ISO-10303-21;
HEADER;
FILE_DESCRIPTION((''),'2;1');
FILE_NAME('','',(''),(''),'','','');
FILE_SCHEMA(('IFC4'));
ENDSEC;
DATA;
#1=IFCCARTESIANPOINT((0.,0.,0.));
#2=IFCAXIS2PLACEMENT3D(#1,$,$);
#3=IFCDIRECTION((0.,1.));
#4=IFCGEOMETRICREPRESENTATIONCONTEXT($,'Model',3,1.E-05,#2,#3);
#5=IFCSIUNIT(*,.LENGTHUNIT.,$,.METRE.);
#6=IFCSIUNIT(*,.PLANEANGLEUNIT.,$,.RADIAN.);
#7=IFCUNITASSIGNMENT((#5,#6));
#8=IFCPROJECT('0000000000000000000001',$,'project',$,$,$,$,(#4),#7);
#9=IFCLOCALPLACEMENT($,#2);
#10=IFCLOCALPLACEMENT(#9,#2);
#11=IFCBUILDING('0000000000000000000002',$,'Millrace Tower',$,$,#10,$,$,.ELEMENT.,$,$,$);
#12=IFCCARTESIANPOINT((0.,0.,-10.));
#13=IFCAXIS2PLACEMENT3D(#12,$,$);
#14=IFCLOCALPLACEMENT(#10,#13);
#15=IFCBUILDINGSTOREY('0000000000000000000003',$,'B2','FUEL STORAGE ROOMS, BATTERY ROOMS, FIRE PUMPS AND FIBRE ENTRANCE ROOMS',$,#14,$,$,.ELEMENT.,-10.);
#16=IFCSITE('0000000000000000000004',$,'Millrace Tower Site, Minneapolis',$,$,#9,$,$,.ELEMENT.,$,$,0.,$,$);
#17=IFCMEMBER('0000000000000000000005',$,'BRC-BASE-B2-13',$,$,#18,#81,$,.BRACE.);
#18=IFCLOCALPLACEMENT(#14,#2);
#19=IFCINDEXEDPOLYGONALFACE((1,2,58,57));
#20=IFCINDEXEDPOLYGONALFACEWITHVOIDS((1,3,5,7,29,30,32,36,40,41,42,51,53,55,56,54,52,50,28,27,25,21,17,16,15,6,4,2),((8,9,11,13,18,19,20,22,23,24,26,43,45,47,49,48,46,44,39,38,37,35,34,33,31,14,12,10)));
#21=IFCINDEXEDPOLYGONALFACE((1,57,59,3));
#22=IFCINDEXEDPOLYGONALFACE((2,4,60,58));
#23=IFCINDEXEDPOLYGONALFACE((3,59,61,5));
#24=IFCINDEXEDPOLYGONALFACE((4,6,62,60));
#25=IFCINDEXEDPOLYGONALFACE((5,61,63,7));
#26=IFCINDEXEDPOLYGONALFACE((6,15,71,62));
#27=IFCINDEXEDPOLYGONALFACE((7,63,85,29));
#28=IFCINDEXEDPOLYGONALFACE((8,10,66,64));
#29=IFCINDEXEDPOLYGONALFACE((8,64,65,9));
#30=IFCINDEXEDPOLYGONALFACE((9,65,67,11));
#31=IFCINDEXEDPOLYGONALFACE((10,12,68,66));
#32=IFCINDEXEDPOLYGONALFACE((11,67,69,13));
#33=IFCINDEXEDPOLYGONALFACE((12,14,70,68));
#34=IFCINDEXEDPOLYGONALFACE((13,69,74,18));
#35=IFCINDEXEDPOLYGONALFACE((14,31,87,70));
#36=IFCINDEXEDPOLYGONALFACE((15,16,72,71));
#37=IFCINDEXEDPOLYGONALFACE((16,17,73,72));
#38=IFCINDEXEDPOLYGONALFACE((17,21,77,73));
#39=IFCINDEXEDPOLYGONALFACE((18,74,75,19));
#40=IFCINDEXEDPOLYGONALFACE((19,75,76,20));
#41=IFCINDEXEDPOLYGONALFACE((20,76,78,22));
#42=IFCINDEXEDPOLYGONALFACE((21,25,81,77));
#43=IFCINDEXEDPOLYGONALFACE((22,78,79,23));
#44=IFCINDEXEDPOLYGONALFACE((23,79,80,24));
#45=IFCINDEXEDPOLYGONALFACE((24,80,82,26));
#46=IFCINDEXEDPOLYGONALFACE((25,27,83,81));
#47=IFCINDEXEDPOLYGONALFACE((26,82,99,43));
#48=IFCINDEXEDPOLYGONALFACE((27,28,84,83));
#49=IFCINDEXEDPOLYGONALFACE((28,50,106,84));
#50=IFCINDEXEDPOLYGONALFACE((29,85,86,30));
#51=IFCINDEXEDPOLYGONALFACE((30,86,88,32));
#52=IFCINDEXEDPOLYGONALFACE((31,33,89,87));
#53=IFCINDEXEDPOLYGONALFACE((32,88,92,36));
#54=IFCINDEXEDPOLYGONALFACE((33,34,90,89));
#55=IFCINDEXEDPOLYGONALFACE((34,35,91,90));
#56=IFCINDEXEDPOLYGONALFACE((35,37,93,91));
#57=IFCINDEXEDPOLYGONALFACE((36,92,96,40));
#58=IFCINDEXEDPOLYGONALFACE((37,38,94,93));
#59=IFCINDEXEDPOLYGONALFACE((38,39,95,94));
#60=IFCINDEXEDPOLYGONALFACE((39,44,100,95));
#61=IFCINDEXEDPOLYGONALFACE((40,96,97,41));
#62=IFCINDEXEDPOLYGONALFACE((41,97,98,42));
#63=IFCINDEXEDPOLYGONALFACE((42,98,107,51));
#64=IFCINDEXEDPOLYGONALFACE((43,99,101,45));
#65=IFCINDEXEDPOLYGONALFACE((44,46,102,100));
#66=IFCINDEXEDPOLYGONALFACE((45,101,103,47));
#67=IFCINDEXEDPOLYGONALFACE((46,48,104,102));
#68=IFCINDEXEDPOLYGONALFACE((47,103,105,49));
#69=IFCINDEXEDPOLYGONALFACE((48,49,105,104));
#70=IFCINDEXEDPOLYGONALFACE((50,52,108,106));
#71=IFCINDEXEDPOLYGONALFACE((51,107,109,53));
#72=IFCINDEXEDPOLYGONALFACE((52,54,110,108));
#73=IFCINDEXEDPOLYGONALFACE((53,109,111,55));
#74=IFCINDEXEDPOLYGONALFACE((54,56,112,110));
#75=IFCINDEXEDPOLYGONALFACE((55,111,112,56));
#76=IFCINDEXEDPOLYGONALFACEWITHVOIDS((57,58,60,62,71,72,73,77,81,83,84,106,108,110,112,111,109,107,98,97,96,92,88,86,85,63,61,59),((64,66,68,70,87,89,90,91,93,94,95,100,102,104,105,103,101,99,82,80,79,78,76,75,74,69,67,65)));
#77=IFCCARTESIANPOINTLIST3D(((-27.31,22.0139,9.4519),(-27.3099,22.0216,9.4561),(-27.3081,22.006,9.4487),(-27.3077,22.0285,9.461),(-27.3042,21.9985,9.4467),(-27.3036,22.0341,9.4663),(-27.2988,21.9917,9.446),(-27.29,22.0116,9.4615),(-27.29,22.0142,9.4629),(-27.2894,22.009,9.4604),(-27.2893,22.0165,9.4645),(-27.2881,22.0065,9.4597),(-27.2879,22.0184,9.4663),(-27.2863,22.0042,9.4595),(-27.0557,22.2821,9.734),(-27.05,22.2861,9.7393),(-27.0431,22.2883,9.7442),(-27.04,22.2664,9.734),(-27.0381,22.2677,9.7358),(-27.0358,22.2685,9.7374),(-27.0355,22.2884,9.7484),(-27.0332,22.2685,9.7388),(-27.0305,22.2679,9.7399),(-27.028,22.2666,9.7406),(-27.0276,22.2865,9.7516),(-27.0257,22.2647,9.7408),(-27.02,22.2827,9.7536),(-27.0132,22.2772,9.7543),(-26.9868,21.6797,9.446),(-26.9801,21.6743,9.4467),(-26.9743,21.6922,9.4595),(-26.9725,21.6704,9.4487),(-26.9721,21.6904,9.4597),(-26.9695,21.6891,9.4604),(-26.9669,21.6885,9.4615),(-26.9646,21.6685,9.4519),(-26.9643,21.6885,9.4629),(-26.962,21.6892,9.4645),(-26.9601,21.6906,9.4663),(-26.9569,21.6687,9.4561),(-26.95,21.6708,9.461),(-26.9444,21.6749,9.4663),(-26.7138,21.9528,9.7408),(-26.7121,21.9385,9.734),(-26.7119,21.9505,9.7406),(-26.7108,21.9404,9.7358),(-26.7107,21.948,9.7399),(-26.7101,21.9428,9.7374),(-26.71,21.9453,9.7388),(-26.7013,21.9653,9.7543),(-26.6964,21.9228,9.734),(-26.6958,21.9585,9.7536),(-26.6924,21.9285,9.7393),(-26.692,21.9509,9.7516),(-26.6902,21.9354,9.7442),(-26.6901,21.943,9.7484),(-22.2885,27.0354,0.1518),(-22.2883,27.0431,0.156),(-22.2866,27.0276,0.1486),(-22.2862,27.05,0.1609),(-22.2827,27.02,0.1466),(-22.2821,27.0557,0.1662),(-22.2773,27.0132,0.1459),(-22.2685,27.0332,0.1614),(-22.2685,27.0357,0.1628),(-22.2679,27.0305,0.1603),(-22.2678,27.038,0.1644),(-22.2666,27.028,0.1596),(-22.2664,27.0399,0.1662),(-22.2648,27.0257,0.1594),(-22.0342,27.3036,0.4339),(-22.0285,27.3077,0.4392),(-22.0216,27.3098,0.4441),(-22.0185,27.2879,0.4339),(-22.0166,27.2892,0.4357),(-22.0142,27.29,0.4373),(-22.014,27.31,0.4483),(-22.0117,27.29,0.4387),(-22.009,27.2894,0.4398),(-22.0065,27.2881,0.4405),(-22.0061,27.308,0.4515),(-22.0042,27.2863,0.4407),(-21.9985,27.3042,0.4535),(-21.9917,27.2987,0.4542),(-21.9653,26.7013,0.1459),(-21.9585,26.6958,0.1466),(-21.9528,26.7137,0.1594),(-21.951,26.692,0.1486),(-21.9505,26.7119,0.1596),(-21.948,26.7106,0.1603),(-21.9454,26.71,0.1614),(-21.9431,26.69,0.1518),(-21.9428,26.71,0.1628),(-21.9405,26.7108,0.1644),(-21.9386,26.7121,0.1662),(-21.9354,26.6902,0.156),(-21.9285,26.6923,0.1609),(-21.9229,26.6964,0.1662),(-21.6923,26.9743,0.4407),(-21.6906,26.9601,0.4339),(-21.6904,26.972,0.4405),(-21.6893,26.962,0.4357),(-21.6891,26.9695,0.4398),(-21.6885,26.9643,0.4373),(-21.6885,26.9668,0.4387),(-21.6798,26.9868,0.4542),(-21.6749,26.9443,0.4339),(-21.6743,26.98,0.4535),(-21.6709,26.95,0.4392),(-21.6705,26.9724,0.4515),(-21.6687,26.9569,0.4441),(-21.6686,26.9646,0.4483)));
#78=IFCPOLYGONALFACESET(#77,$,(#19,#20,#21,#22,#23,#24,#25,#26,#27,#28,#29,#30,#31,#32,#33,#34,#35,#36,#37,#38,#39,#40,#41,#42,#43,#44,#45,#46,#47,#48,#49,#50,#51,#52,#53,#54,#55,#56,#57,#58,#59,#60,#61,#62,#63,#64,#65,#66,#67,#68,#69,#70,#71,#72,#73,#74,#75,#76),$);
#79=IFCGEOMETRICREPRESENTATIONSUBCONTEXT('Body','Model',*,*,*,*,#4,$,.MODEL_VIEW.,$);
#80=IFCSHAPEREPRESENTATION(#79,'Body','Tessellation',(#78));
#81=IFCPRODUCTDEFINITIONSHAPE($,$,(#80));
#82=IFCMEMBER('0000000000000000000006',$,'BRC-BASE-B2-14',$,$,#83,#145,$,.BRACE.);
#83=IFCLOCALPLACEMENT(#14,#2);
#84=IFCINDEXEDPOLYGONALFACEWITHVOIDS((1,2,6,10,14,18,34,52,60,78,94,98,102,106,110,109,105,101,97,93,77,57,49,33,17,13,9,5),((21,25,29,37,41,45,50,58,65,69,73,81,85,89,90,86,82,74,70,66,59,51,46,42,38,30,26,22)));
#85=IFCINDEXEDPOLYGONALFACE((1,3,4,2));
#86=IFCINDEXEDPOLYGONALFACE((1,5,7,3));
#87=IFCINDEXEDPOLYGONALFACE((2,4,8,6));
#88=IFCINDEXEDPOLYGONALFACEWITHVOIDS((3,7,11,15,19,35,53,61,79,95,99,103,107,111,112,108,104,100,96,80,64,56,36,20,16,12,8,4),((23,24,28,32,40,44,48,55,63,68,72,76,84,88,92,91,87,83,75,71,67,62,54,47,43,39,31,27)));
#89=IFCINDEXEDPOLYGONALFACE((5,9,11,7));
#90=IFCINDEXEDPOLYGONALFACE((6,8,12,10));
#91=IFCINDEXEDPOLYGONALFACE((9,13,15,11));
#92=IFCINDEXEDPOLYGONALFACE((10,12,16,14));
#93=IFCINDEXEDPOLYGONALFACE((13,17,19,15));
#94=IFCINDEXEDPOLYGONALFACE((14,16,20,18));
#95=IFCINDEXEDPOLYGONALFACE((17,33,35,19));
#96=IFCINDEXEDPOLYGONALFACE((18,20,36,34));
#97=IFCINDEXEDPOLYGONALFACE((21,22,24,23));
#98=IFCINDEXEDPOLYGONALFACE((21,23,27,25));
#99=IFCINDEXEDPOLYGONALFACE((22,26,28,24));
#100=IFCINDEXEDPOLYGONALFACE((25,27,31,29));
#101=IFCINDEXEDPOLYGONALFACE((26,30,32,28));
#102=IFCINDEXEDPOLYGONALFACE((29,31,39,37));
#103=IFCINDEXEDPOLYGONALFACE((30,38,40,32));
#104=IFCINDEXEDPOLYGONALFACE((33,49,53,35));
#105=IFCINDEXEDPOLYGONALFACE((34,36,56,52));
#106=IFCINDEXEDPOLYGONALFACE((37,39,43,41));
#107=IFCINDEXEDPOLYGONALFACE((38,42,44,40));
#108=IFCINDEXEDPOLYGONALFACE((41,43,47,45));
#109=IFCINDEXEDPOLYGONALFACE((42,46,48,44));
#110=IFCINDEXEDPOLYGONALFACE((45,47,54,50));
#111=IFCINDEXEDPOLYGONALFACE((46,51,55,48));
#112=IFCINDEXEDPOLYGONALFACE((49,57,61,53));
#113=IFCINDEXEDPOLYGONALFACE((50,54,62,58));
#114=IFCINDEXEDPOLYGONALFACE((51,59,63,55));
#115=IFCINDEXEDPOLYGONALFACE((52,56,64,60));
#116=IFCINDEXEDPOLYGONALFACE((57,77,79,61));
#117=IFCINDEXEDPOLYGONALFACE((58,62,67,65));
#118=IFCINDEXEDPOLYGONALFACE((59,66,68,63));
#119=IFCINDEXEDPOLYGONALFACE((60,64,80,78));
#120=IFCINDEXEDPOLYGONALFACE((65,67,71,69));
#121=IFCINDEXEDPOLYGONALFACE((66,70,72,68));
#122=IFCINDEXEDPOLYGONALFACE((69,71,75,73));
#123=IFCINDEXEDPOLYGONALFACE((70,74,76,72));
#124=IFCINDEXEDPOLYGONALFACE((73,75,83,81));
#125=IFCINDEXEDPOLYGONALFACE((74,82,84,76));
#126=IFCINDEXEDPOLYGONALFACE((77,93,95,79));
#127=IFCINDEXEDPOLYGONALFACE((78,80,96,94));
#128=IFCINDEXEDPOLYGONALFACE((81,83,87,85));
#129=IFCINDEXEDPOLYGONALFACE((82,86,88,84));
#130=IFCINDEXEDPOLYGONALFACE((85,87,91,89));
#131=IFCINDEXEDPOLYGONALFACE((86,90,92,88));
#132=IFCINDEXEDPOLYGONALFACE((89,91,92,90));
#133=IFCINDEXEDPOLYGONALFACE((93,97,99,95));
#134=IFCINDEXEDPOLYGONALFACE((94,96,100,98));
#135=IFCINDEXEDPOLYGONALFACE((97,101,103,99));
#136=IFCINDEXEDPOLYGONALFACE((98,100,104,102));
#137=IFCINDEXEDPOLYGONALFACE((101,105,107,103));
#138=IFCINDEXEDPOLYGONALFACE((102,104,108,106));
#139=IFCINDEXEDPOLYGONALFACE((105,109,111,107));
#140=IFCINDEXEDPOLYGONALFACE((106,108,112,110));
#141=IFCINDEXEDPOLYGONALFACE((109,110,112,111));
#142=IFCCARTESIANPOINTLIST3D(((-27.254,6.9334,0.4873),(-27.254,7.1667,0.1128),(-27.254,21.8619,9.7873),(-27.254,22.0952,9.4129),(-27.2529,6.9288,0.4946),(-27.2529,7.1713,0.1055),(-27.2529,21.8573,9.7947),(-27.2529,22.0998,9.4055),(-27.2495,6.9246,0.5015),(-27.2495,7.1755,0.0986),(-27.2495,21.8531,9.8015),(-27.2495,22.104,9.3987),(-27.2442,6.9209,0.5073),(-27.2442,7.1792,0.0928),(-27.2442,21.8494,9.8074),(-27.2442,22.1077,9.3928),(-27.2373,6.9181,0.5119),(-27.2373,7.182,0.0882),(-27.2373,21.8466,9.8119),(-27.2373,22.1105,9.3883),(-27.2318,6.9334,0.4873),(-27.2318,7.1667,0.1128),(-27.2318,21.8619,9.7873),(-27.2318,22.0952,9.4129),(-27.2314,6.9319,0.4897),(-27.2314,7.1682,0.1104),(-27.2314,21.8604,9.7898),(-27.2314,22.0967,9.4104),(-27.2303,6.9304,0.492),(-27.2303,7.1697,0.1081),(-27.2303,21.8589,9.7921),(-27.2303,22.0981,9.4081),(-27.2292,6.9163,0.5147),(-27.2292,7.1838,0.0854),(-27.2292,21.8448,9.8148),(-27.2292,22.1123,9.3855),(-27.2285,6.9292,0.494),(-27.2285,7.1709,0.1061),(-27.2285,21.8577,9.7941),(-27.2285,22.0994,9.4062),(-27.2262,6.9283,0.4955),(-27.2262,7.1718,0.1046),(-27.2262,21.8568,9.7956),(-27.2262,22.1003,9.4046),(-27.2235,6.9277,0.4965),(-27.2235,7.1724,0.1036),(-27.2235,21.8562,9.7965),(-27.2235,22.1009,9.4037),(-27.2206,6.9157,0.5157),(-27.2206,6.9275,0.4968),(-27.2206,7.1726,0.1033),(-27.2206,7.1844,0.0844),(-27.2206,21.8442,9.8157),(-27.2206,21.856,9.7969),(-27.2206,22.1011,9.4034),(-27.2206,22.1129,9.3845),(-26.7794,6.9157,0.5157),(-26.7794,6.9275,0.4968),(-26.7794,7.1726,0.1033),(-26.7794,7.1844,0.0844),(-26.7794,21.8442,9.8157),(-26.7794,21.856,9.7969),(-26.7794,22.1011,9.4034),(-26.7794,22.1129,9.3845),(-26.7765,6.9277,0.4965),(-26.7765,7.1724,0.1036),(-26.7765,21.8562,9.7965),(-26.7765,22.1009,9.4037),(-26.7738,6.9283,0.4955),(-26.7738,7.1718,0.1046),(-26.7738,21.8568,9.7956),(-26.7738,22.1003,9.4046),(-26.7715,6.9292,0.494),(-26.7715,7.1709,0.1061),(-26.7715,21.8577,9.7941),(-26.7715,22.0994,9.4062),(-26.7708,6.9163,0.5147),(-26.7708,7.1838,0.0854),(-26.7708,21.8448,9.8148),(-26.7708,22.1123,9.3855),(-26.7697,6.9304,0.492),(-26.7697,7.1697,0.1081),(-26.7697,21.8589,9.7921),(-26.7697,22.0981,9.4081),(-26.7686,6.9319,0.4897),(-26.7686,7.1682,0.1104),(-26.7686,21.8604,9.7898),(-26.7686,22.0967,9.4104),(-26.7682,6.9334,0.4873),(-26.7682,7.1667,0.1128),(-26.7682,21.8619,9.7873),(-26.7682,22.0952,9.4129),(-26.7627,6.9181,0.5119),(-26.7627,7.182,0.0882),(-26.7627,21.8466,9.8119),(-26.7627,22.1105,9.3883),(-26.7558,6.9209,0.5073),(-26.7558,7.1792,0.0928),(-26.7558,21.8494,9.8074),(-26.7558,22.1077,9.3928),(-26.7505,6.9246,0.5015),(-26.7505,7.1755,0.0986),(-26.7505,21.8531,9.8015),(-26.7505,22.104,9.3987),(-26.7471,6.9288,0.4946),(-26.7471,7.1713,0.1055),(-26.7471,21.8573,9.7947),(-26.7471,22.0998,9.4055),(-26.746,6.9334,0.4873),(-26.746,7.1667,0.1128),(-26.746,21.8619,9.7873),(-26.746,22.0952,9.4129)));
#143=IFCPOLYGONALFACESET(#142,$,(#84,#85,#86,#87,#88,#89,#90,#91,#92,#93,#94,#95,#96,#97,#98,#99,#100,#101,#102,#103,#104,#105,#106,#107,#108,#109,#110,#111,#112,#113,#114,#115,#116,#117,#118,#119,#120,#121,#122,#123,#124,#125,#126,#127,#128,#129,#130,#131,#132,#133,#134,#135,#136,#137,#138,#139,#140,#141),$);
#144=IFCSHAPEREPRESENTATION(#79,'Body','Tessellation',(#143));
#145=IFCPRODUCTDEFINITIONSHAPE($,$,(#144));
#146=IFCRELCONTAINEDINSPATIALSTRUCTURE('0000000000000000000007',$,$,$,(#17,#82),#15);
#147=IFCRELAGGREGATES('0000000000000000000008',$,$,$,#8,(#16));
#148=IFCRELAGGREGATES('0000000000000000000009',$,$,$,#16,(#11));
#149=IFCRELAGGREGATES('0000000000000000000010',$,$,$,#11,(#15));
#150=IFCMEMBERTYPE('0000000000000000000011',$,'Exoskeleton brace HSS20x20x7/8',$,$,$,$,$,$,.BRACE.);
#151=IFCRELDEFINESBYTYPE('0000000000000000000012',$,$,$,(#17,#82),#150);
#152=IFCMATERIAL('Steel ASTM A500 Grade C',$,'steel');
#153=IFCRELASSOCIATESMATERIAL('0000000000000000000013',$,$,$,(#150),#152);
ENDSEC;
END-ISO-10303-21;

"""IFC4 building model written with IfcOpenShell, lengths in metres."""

from ifc_helpers import new_model, si_unit, direction, frame, origin, origin_2d, place, context, subcontext, project, spatial, hollow_rectangle, extrude, material, material_profile, profile_set, type_object, element, save


model = new_model("IFC4")

# Units and contexts
model_context = context("Model", 3, precision=1e-05, world=origin(), true_north=direction((0.0, 1.0)))
body_context = subcontext(model_context, "Body", "Model", "MODEL_VIEW")
ifc_project = project(units=[si_unit("LENGTHUNIT", "METRE"), si_unit("PLANEANGLEUNIT", "RADIAN")], contexts=[model_context])

# Site, building, storey
site_placement = place(None, origin())
site = spatial("IfcSite", under=ifc_project, at=site_placement, Name="Millrace Tower Site, Minneapolis", CompositionType="ELEMENT", RefElevation=0.0)
building_placement = place(site_placement, origin())
building = spatial("IfcBuilding", under=site, at=building_placement, Name="Millrace Tower", CompositionType="ELEMENT")
storey_placement = place(building_placement, frame((0.0, 0.0, -10.0)))
storey = spatial("IfcBuildingStorey", under=building, at=storey_placement, Name="B2", Description="FUEL STORAGE ROOMS, BATTERY ROOMS, FIRE PUMPS AND FIBRE ENTRANCE ROOMS", CompositionType="ELEMENT", Elevation=-10.0)

# Members
ifc_material_1 = material(Name="Steel ASTM A500 Grade C", Category="steel")
ifc_material_profile_1 = material_profile(ifc_material_1, hollow_rectangle(XDim=0.5081, YDim=0.5081, WallThickness=0.0222, InnerFilletRadius=0.0112, OuterFilletRadius=0.0334, at=origin_2d()))
ifc_profile_set_1 = profile_set([ifc_material_profile_1], Name="Steel ASTM A500 Grade C")
member_type = type_object("IfcMemberType", Name="Exoskeleton brace HSS20x20x7/8", PredefinedType="BRACE", material=ifc_profile_set_1)
member_1_placement = place(storey_placement, frame((-21.9785, 27.0, 0.3), z_axis=(-0.429137, -0.429137, 0.794784), x_axis=(0.707107, -0.707107, 0.0)))
element("IfcMember", 1, at=member_1_placement, inside=storey, type_object=member_type, Name="BRC-BASE-B2-13", PredefinedType="BRACE", context=body_context, shape_type="SweptSolid", body=[
    extrude(hollow_rectangle(XDim=0.5081, YDim=0.5081, WallThickness=0.0222, InnerFilletRadius=0.0112, OuterFilletRadius=0.0334, at=origin_2d()), origin(), (0.0, 0.0, 1.0), 11.7014),
])
member_2_placement = place(storey_placement, frame((-27.0, 7.05, 0.3), z_axis=(0.0, 0.84877, 0.528762), x_axis=(-1.0, 0.0, 0.0)))
element("IfcMember", 2, at=member_2_placement, inside=storey, type_object=member_type, Name="BRC-BASE-B2-14", PredefinedType="BRACE", context=body_context, shape_type="SweptSolid", body=[
    extrude(hollow_rectangle(XDim=0.5081, YDim=0.5081, WallThickness=0.0222, InnerFilletRadius=0.0112, OuterFilletRadius=0.0334, at=origin_2d()), origin(), (0.0, 0.0, 1.0), 17.5884),
])

save(model, "model.ifc")
